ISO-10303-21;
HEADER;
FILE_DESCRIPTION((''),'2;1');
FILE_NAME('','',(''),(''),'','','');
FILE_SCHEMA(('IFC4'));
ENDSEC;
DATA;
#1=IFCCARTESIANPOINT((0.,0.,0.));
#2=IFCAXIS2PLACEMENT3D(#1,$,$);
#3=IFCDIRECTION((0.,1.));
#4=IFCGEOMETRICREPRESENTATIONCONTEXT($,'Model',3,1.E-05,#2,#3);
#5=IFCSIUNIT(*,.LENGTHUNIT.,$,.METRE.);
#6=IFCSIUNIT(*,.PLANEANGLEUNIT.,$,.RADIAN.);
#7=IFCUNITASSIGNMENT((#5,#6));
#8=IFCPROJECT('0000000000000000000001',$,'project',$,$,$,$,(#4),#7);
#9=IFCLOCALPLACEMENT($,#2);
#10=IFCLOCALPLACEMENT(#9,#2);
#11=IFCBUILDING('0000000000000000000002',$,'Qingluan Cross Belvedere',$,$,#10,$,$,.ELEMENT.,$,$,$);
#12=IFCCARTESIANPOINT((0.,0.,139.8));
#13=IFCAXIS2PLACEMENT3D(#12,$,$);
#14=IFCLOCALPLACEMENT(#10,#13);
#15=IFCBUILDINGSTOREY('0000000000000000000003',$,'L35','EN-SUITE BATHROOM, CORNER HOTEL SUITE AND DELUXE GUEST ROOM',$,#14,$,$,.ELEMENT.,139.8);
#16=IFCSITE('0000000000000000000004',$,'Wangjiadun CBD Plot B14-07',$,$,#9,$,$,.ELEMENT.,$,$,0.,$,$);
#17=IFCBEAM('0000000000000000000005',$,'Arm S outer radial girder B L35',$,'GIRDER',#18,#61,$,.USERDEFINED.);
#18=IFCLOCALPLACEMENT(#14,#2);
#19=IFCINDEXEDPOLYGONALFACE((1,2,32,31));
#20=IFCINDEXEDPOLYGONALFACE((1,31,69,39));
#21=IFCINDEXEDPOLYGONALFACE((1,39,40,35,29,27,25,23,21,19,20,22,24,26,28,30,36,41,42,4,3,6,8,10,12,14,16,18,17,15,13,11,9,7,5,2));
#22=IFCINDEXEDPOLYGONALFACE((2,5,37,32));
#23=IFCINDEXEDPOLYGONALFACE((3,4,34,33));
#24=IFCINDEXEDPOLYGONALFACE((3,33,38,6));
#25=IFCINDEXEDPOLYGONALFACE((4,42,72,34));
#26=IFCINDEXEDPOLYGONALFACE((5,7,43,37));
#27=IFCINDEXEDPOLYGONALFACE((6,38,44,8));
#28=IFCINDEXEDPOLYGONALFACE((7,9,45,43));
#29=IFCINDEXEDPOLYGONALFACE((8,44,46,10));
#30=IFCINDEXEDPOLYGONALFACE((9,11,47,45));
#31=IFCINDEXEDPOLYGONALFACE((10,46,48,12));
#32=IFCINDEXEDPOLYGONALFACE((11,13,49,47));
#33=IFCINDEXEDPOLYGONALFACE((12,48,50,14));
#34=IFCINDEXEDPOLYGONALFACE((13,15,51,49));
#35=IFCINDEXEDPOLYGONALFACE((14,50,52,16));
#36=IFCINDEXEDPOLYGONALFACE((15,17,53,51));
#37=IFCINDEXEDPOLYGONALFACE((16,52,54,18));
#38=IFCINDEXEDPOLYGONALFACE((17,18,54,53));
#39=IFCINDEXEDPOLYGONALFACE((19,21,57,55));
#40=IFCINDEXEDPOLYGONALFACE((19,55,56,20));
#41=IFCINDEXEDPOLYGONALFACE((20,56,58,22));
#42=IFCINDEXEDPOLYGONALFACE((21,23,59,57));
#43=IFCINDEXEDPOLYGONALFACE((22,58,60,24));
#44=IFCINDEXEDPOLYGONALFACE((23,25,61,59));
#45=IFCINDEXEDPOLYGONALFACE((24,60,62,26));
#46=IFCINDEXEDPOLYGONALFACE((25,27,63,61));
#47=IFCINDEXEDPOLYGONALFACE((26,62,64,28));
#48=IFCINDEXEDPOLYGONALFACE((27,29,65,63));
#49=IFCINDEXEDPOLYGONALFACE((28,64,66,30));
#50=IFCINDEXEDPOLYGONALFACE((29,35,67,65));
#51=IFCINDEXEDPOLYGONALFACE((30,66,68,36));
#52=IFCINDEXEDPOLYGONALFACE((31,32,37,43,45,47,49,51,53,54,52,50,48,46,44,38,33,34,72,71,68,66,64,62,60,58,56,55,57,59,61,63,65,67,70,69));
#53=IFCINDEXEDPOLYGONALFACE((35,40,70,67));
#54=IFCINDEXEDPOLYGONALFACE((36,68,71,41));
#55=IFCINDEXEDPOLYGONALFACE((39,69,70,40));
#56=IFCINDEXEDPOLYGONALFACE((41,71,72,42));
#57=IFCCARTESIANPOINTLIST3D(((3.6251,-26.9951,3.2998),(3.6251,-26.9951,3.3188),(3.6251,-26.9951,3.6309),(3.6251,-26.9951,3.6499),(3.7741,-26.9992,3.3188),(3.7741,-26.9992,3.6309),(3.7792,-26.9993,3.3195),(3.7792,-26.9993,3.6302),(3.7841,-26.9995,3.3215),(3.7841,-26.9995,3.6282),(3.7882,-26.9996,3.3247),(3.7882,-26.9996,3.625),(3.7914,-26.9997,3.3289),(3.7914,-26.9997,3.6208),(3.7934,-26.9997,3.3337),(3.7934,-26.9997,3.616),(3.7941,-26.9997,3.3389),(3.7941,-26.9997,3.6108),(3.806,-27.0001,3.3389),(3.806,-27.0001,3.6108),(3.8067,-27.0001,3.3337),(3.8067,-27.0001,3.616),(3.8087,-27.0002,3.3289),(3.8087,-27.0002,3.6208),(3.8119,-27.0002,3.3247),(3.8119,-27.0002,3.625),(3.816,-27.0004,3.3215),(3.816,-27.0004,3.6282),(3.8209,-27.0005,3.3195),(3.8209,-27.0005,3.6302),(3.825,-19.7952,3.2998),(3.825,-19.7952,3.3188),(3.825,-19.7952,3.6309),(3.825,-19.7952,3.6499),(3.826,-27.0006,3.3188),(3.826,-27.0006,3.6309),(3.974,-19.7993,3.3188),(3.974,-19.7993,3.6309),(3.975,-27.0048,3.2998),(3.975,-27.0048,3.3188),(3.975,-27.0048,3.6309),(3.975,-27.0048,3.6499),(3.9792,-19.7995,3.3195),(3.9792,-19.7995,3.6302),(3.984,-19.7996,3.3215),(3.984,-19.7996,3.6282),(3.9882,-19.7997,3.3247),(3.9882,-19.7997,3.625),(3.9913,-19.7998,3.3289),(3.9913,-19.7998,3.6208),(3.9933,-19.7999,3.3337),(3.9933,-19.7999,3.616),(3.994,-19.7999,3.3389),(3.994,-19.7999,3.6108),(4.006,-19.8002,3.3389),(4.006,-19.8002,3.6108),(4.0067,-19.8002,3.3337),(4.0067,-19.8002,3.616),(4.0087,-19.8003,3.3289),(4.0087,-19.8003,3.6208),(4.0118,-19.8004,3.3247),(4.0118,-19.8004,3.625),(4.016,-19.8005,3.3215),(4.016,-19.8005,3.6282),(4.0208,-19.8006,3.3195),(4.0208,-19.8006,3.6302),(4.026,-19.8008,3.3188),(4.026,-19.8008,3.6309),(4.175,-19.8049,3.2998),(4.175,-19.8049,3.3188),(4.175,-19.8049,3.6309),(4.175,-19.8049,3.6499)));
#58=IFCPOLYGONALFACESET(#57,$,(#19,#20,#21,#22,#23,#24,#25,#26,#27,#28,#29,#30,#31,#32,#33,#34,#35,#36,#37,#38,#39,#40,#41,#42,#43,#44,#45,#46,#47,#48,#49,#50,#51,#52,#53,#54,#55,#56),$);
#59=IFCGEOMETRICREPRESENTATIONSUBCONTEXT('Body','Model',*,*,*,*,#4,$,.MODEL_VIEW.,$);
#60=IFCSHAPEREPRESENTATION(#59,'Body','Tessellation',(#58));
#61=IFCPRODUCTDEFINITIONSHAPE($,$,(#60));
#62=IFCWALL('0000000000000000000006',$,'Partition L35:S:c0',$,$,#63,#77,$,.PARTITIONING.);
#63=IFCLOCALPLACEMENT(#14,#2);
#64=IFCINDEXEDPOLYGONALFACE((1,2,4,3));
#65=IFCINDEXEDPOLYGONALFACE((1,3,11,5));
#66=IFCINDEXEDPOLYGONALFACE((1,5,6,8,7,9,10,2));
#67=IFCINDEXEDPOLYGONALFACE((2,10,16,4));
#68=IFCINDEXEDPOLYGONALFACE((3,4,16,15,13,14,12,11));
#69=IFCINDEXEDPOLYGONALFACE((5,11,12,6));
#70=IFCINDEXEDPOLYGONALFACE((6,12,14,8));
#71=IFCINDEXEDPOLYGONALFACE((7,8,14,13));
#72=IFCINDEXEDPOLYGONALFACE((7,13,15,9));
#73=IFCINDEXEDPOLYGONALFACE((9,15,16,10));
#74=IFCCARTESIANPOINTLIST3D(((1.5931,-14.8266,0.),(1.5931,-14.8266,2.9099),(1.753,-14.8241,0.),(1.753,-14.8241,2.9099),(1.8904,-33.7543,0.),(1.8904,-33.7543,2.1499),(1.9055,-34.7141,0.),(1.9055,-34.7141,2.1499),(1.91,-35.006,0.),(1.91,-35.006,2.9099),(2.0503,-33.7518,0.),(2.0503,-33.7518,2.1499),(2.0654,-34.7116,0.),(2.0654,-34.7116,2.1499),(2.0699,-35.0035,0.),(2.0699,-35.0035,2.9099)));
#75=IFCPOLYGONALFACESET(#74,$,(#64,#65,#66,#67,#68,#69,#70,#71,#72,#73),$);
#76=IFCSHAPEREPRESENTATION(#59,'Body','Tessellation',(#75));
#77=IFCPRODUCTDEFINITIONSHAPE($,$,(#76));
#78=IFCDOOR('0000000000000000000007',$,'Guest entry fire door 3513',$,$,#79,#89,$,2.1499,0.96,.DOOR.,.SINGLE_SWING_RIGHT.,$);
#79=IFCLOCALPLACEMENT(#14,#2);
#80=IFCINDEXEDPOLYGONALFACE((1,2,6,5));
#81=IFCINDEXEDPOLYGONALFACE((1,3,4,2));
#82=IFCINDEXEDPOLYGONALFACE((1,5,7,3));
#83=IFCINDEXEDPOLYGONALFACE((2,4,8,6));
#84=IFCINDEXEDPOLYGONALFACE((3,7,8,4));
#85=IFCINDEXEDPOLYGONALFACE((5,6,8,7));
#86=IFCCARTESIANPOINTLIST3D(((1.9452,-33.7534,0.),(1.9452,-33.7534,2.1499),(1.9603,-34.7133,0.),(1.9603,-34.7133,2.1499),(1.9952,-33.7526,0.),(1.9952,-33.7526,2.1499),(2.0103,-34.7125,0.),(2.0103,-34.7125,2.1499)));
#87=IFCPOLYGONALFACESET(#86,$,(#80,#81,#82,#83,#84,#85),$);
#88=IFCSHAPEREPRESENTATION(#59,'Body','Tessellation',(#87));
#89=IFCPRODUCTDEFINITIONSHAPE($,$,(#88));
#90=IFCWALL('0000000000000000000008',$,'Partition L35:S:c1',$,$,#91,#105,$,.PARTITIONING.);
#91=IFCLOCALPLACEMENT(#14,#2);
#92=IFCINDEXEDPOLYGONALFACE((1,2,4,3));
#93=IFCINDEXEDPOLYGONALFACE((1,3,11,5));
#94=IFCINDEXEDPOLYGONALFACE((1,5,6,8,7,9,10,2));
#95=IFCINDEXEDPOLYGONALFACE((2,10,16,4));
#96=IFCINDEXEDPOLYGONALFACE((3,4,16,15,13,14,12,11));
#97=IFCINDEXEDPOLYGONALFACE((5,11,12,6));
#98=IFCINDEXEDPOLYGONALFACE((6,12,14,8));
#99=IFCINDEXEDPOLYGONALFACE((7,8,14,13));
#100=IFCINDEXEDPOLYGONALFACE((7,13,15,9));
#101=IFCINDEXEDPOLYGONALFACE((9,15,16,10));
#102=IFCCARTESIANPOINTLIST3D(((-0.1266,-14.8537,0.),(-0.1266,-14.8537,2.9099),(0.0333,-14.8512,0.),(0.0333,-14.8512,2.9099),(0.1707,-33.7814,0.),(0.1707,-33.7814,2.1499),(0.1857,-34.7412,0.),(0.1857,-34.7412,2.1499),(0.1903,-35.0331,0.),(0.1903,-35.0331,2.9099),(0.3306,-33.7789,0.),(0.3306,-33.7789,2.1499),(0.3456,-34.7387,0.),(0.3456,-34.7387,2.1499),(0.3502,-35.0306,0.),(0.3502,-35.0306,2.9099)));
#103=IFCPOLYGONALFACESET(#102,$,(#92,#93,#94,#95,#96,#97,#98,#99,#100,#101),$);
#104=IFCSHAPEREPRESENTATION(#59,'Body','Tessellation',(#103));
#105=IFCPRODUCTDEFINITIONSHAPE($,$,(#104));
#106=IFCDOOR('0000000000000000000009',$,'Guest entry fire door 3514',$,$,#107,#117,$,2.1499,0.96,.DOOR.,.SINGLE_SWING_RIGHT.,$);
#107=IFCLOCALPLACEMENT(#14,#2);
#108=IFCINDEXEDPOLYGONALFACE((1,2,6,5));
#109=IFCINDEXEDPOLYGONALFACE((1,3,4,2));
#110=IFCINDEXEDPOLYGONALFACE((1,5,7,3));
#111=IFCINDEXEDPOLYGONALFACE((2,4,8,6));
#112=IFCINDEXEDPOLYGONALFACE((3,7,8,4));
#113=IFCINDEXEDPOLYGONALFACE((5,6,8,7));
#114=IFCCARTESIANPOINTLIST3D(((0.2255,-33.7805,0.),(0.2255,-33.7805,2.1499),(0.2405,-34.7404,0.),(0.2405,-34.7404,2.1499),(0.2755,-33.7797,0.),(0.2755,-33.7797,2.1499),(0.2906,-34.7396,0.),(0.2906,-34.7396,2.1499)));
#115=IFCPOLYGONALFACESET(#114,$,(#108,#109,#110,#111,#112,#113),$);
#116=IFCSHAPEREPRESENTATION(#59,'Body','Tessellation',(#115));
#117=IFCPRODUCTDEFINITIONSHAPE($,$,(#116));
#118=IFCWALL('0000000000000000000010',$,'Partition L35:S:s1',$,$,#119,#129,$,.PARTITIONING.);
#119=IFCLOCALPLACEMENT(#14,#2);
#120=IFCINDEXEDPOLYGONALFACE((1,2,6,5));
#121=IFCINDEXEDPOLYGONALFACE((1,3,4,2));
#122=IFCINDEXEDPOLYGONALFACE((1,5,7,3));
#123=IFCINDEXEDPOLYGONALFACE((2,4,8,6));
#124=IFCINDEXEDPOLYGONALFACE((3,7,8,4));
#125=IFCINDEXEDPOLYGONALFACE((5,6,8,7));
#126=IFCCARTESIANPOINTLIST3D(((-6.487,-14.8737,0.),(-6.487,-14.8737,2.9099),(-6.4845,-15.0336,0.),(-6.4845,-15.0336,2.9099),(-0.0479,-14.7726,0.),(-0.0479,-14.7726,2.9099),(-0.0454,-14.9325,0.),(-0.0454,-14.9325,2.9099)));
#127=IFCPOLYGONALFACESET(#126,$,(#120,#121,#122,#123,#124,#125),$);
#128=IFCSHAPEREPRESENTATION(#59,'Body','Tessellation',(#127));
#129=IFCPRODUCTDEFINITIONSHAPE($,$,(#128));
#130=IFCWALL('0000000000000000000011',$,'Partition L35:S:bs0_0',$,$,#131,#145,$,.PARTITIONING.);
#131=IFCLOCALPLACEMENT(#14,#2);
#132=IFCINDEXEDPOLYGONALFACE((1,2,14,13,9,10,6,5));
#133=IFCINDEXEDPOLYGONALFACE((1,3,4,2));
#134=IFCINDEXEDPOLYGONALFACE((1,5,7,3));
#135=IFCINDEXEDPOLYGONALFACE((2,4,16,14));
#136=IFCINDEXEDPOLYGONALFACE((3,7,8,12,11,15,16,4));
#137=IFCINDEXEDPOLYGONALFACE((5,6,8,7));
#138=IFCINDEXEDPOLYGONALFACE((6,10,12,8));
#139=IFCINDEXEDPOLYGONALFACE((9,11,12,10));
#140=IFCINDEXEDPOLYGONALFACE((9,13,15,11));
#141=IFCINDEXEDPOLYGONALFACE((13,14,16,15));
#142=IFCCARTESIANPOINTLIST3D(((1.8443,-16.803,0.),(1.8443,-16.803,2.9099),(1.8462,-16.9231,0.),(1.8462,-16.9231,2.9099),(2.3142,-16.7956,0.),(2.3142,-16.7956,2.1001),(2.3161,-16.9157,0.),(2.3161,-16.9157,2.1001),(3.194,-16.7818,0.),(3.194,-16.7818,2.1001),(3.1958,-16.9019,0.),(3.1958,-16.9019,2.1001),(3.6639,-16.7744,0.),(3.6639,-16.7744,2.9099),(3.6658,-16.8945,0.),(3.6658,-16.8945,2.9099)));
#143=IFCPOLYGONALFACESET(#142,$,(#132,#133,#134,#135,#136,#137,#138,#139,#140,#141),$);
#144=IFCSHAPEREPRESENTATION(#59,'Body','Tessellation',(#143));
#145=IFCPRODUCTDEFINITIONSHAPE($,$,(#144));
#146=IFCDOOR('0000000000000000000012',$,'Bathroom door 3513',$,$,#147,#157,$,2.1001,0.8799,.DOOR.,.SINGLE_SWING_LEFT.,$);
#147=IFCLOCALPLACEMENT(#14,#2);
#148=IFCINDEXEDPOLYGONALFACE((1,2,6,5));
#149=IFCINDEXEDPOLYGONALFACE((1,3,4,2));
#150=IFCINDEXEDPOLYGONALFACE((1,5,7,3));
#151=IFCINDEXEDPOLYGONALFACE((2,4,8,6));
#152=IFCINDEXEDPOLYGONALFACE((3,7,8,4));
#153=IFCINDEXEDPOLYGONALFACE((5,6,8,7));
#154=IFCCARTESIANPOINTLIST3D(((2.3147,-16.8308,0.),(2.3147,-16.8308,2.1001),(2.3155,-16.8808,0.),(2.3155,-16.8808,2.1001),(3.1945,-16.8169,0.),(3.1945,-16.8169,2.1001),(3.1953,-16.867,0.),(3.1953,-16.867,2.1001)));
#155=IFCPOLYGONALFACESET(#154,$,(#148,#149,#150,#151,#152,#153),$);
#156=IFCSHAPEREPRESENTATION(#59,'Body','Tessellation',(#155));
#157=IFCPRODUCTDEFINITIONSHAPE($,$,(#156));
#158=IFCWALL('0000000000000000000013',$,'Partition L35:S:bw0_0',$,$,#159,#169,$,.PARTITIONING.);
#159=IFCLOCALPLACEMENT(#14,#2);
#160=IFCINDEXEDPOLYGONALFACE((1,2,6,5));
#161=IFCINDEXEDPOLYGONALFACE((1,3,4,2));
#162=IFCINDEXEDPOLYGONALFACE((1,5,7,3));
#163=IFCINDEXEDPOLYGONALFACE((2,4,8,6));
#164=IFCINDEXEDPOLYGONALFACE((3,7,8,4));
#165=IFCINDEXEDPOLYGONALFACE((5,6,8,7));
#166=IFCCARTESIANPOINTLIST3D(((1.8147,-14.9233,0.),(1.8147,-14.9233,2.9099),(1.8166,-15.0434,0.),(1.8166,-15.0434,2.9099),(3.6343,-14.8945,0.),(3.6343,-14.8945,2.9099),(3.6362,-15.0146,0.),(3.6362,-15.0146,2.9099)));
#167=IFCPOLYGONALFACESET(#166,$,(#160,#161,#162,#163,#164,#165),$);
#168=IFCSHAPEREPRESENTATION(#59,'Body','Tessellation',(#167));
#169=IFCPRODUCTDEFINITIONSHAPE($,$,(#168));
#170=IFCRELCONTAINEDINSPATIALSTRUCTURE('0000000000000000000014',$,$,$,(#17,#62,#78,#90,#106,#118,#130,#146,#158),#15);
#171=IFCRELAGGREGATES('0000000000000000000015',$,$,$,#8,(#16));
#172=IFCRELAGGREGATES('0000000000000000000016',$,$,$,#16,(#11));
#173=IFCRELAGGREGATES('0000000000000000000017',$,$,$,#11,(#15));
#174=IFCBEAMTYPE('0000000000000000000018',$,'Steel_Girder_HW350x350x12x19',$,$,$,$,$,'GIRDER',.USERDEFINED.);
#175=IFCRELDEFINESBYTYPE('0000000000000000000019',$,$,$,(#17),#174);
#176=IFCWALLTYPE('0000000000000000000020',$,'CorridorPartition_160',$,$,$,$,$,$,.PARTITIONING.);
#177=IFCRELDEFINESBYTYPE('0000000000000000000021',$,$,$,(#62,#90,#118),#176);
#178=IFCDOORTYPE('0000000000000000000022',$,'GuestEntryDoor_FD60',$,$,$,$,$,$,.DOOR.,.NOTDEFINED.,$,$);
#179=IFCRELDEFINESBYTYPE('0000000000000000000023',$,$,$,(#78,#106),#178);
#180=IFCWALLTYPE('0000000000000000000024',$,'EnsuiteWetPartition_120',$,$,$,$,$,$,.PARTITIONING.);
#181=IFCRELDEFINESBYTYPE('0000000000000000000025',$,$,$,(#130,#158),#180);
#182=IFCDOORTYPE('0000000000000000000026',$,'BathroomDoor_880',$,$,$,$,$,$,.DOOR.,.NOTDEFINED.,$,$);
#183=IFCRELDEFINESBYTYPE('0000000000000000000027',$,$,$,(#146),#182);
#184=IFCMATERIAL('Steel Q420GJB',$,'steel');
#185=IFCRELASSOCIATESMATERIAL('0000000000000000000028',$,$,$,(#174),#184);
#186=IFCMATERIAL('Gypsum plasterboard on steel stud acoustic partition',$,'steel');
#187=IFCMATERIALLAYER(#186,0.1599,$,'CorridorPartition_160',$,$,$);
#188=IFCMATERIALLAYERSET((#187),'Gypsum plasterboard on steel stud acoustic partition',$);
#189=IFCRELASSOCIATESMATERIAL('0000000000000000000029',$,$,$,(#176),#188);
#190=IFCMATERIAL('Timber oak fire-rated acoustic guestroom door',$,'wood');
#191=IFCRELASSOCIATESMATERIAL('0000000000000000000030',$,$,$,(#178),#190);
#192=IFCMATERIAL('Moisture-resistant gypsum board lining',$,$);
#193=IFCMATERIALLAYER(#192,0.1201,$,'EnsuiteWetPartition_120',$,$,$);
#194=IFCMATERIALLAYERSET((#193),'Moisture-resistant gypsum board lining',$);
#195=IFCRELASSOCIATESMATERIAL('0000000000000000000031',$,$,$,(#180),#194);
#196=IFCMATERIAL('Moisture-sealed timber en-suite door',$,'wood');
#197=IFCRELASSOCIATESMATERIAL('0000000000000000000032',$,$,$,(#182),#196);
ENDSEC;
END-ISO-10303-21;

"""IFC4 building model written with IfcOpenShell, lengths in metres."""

from ifc_helpers import new_model, si_unit, direction, frame, frame_2d, origin, origin_2d, place, context, subcontext, project, spatial, rectangle, i_section, extrude, material, layer, layer_set, material_profile, profile_set, type_object, element, fill, save


model = new_model("IFC4")

# Units and contexts
model_context = context("Model", 3, precision=1e-05, world=origin(), true_north=direction((0.0, 1.0)))
body_context = subcontext(model_context, "Body", "Model", "MODEL_VIEW")
ifc_project = project(units=[si_unit("LENGTHUNIT", "METRE"), si_unit("PLANEANGLEUNIT", "RADIAN")], contexts=[model_context])

# Site, building, storey
site_placement = place(None, origin())
site = spatial("IfcSite", under=ifc_project, at=site_placement, Name="Wangjiadun CBD Plot B14-07", CompositionType="ELEMENT", RefElevation=0.0)
building_placement = place(site_placement, origin())
building = spatial("IfcBuilding", under=site, at=building_placement, Name="Qingluan Cross Belvedere", CompositionType="ELEMENT")
storey_placement = place(building_placement, frame((0.0, 0.0, 139.8)))
storey = spatial("IfcBuildingStorey", under=building, at=storey_placement, Name="L35", Description="EN-SUITE BATHROOM, CORNER HOTEL SUITE AND DELUXE GUEST ROOM", CompositionType="ELEMENT", Elevation=139.8)

# Beam
ifc_material_1 = material(Name="Steel Q420GJB", Category="steel")
ifc_material_profile_1 = material_profile(ifc_material_1, i_section(OverallWidth=0.3501, OverallDepth=0.3501, WebThickness=0.012, FlangeThickness=0.019, FilletRadius=0.02, at=origin_2d()), Name="HW350x350x12x19")
ifc_profile_set_1 = profile_set([ifc_material_profile_1], Name="Steel Q420GJB")
beam_type_1 = type_object("IfcBeamType", Name="Steel_Girder_HW350x350x12x19", ElementType="GIRDER", PredefinedType="USERDEFINED", material=ifc_profile_set_1)
beam_1_placement = place(storey_placement, frame((4.0, -19.8, 3.4749), z_axis=(-0.02776, -0.999615, 0.0), x_axis=(0.999615, -0.02776, 0.0)))
element("IfcBeam", 1, at=beam_1_placement, inside=storey, type_object=beam_type_1, Name="Arm S outer radial girder B L35", ObjectType="GIRDER", PredefinedType="USERDEFINED", context=body_context, shape_type="SweptSolid", body=[
    extrude(i_section(OverallWidth=0.3501, OverallDepth=0.3501, WebThickness=0.012, FlangeThickness=0.019, FilletRadius=0.02, at=origin_2d()), origin(), (0.0, 0.0, 1.0), 7.2026),
])

# Walls, openings, doors
ifc_material_2 = material(Name="Gypsum plasterboard on steel stud acoustic partition", Category="steel")
ifc_layer_1 = layer(ifc_material_2, 0.1599, Name="CorridorPartition_160")
ifc_layer_set_1 = layer_set([ifc_layer_1], Name="Gypsum plasterboard on steel stud acoustic partition")
wall_type_1 = type_object("IfcWallType", Name="CorridorPartition_160", PredefinedType="PARTITIONING", material=ifc_layer_set_1)
wall_1_placement = place(storey_placement, frame((1.6731, -14.8254, 0.0), z_axis=(0.0, 0.0, 1.0), x_axis=(0.015702, -0.999877, 0.0)))
wall_1 = element("IfcWall", 2, at=wall_1_placement, inside=storey, type_object=wall_type_1, Name="Partition L35:S:c0", PredefinedType="PARTITIONING", context=body_context, shape_type="SweptSolid", body=[
    extrude(rectangle(XDim=20.1819, YDim=0.1599, at=frame_2d((10.0908, 0.0))), origin(), (0.0, 0.0, 1.0), 2.9099),
])
opening_1_placement = place(wall_1_placement, frame((18.9299, 0.0, 0.0)))
opening_1 = element("IfcOpeningElement", 3, at=opening_1_placement, cuts=wall_1, PredefinedType="OPENING", context=body_context, shape_type="SweptSolid", body=[
    extrude(rectangle(XDim=0.96, YDim=2.1499, at=frame_2d((0.48, 1.075))), frame((0.0, 0.0898, 0.0), z_axis=(0.0, -1.0, 0.0), x_axis=(1.0, 0.0, 0.0)), (0.0, 0.0, 1.0), 0.1799),
])
ifc_material_3 = material(Name="Timber oak fire-rated acoustic guestroom door", Category="wood")
door_type_1 = type_object("IfcDoorType", Name="GuestEntryDoor_FD60", OperationType="NOTDEFINED", PredefinedType="DOOR", material=ifc_material_3)
door_1_placement = place(opening_1_placement, origin())
door_1 = element("IfcDoor", 4, at=door_1_placement, inside=storey, type_object=door_type_1, Name="Guest entry fire door 3513", OperationType="SINGLE_SWING_RIGHT", OverallHeight=2.1499, OverallWidth=0.96, PredefinedType="DOOR", context=body_context, shape_type="SweptSolid", body=[
    extrude(rectangle(XDim=0.96, YDim=2.1499, at=frame_2d((0.48, 1.075))), frame((0.0, 0.0249, 0.0), z_axis=(0.0, -1.0, 0.0), x_axis=(1.0, 0.0, 0.0)), (0.0, 0.0, 1.0), 0.05),
])
fill(opening_1, door_1)
wall_2_placement = place(storey_placement, frame((-0.0466, -14.8525, 0.0), z_axis=(0.0, 0.0, 1.0), x_axis=(0.015702, -0.999877, 0.0)))
wall_2 = element("IfcWall", 5, at=wall_2_placement, inside=storey, type_object=wall_type_1, Name="Partition L35:S:c1", PredefinedType="PARTITIONING", context=body_context, shape_type="SweptSolid", body=[
    extrude(rectangle(XDim=20.1819, YDim=0.1599, at=frame_2d((10.0908, 0.0))), origin(), (0.0, 0.0, 1.0), 2.9099),
])
opening_2_placement = place(wall_2_placement, frame((18.9299, 0.0, 0.0)))
opening_2 = element("IfcOpeningElement", 6, at=opening_2_placement, cuts=wall_2, PredefinedType="OPENING", context=body_context, shape_type="SweptSolid", body=[
    extrude(rectangle(XDim=0.96, YDim=2.1499, at=frame_2d((0.48, 1.075))), frame((0.0, 0.0898, 0.0), z_axis=(0.0, -1.0, 0.0), x_axis=(1.0, 0.0, 0.0)), (0.0, 0.0, 1.0), 0.1799),
])
door_2_placement = place(opening_2_placement, origin())
door_2 = element("IfcDoor", 7, at=door_2_placement, inside=storey, type_object=door_type_1, Name="Guest entry fire door 3514", OperationType="SINGLE_SWING_RIGHT", OverallHeight=2.1499, OverallWidth=0.96, PredefinedType="DOOR", context=body_context, shape_type="SweptSolid", body=[
    extrude(rectangle(XDim=0.96, YDim=2.1499, at=frame_2d((0.48, 1.075))), frame((0.0, 0.0249, 0.0), z_axis=(0.0, -1.0, 0.0), x_axis=(1.0, 0.0, 0.0)), (0.0, 0.0, 1.0), 0.05),
])
fill(opening_2, door_2)

# Wall
wall_3_placement = place(storey_placement, frame((-0.0466, -14.8525, 0.0), z_axis=(0.0, 0.0, 1.0), x_axis=(-0.999877, -0.015695, 0.0)))
element("IfcWall", 8, at=wall_3_placement, inside=storey, type_object=wall_type_1, Name="Partition L35:S:s1", PredefinedType="PARTITIONING", context=body_context, shape_type="SweptSolid", body=[
    extrude(rectangle(XDim=6.4399, YDim=0.1599, at=frame_2d((3.22, 0.0))), origin(), (0.0, 0.0, 1.0), 2.9099),
])

# Wall, opening, door
ifc_material_4 = material(Name="Moisture-resistant gypsum board lining")
ifc_layer_2 = layer(ifc_material_4, 0.1201, Name="EnsuiteWetPartition_120")
ifc_layer_set_2 = layer_set([ifc_layer_2], Name="Moisture-resistant gypsum board lining")
wall_type_2 = type_object("IfcWallType", Name="EnsuiteWetPartition_120", PredefinedType="PARTITIONING", material=ifc_layer_set_2)
wall_4_placement = place(storey_placement, frame((1.8452, -16.863, 0.0), z_axis=(0.0, 0.0, 1.0), x_axis=(0.999877, 0.015696, 0.0)))
wall_4 = element("IfcWall", 9, at=wall_4_placement, inside=storey, type_object=wall_type_2, Name="Partition L35:S:bs0_0", PredefinedType="PARTITIONING", context=body_context, shape_type="SweptSolid", body=[
    extrude(rectangle(XDim=1.8198, YDim=0.1201, at=frame_2d((0.9099, 0.0))), origin(), (0.0, 0.0, 1.0), 2.9099),
])
opening_3_placement = place(wall_4_placement, frame((0.47, 0.0, 0.0)))
opening_3 = element("IfcOpeningElement", 10, at=opening_3_placement, cuts=wall_4, PredefinedType="OPENING", context=body_context, shape_type="SweptSolid", body=[
    extrude(rectangle(XDim=0.8799, YDim=2.1001, at=frame_2d((0.4399, 1.05))), frame((0.0, 0.0701, 0.0), z_axis=(0.0, -1.0, 0.0), x_axis=(1.0, 0.0, 0.0)), (0.0, 0.0, 1.0), 0.1401),
])
ifc_material_5 = material(Name="Moisture-sealed timber en-suite door", Category="wood")
door_type_2 = type_object("IfcDoorType", Name="BathroomDoor_880", OperationType="NOTDEFINED", PredefinedType="DOOR", material=ifc_material_5)
door_3_placement = place(opening_3_placement, origin())
door_3 = element("IfcDoor", 11, at=door_3_placement, inside=storey, type_object=door_type_2, Name="Bathroom door 3513", OperationType="SINGLE_SWING_LEFT", OverallHeight=2.1001, OverallWidth=0.8799, PredefinedType="DOOR", context=body_context, shape_type="SweptSolid", body=[
    extrude(rectangle(XDim=0.8799, YDim=2.1001, at=frame_2d((0.4399, 1.05))), frame((0.0, 0.0249, 0.0), z_axis=(0.0, -1.0, 0.0), x_axis=(1.0, 0.0, 0.0)), (0.0, 0.0, 1.0), 0.05),
])
fill(opening_3, door_3)

# Wall
wall_5_placement = place(storey_placement, frame((1.8157, -14.9834, 0.0), z_axis=(0.0, 0.0, 1.0), x_axis=(0.999875, 0.015831, 0.0)))
element("IfcWall", 12, at=wall_5_placement, inside=storey, type_object=wall_type_2, Name="Partition L35:S:bw0_0", PredefinedType="PARTITIONING", context=body_context, shape_type="SweptSolid", body=[
    extrude(rectangle(XDim=1.8198, YDim=0.1201, at=frame_2d((0.9099, 0.0))), origin(), (0.0, 0.0, 1.0), 2.9099),
])

save(model, "model.ifc")
